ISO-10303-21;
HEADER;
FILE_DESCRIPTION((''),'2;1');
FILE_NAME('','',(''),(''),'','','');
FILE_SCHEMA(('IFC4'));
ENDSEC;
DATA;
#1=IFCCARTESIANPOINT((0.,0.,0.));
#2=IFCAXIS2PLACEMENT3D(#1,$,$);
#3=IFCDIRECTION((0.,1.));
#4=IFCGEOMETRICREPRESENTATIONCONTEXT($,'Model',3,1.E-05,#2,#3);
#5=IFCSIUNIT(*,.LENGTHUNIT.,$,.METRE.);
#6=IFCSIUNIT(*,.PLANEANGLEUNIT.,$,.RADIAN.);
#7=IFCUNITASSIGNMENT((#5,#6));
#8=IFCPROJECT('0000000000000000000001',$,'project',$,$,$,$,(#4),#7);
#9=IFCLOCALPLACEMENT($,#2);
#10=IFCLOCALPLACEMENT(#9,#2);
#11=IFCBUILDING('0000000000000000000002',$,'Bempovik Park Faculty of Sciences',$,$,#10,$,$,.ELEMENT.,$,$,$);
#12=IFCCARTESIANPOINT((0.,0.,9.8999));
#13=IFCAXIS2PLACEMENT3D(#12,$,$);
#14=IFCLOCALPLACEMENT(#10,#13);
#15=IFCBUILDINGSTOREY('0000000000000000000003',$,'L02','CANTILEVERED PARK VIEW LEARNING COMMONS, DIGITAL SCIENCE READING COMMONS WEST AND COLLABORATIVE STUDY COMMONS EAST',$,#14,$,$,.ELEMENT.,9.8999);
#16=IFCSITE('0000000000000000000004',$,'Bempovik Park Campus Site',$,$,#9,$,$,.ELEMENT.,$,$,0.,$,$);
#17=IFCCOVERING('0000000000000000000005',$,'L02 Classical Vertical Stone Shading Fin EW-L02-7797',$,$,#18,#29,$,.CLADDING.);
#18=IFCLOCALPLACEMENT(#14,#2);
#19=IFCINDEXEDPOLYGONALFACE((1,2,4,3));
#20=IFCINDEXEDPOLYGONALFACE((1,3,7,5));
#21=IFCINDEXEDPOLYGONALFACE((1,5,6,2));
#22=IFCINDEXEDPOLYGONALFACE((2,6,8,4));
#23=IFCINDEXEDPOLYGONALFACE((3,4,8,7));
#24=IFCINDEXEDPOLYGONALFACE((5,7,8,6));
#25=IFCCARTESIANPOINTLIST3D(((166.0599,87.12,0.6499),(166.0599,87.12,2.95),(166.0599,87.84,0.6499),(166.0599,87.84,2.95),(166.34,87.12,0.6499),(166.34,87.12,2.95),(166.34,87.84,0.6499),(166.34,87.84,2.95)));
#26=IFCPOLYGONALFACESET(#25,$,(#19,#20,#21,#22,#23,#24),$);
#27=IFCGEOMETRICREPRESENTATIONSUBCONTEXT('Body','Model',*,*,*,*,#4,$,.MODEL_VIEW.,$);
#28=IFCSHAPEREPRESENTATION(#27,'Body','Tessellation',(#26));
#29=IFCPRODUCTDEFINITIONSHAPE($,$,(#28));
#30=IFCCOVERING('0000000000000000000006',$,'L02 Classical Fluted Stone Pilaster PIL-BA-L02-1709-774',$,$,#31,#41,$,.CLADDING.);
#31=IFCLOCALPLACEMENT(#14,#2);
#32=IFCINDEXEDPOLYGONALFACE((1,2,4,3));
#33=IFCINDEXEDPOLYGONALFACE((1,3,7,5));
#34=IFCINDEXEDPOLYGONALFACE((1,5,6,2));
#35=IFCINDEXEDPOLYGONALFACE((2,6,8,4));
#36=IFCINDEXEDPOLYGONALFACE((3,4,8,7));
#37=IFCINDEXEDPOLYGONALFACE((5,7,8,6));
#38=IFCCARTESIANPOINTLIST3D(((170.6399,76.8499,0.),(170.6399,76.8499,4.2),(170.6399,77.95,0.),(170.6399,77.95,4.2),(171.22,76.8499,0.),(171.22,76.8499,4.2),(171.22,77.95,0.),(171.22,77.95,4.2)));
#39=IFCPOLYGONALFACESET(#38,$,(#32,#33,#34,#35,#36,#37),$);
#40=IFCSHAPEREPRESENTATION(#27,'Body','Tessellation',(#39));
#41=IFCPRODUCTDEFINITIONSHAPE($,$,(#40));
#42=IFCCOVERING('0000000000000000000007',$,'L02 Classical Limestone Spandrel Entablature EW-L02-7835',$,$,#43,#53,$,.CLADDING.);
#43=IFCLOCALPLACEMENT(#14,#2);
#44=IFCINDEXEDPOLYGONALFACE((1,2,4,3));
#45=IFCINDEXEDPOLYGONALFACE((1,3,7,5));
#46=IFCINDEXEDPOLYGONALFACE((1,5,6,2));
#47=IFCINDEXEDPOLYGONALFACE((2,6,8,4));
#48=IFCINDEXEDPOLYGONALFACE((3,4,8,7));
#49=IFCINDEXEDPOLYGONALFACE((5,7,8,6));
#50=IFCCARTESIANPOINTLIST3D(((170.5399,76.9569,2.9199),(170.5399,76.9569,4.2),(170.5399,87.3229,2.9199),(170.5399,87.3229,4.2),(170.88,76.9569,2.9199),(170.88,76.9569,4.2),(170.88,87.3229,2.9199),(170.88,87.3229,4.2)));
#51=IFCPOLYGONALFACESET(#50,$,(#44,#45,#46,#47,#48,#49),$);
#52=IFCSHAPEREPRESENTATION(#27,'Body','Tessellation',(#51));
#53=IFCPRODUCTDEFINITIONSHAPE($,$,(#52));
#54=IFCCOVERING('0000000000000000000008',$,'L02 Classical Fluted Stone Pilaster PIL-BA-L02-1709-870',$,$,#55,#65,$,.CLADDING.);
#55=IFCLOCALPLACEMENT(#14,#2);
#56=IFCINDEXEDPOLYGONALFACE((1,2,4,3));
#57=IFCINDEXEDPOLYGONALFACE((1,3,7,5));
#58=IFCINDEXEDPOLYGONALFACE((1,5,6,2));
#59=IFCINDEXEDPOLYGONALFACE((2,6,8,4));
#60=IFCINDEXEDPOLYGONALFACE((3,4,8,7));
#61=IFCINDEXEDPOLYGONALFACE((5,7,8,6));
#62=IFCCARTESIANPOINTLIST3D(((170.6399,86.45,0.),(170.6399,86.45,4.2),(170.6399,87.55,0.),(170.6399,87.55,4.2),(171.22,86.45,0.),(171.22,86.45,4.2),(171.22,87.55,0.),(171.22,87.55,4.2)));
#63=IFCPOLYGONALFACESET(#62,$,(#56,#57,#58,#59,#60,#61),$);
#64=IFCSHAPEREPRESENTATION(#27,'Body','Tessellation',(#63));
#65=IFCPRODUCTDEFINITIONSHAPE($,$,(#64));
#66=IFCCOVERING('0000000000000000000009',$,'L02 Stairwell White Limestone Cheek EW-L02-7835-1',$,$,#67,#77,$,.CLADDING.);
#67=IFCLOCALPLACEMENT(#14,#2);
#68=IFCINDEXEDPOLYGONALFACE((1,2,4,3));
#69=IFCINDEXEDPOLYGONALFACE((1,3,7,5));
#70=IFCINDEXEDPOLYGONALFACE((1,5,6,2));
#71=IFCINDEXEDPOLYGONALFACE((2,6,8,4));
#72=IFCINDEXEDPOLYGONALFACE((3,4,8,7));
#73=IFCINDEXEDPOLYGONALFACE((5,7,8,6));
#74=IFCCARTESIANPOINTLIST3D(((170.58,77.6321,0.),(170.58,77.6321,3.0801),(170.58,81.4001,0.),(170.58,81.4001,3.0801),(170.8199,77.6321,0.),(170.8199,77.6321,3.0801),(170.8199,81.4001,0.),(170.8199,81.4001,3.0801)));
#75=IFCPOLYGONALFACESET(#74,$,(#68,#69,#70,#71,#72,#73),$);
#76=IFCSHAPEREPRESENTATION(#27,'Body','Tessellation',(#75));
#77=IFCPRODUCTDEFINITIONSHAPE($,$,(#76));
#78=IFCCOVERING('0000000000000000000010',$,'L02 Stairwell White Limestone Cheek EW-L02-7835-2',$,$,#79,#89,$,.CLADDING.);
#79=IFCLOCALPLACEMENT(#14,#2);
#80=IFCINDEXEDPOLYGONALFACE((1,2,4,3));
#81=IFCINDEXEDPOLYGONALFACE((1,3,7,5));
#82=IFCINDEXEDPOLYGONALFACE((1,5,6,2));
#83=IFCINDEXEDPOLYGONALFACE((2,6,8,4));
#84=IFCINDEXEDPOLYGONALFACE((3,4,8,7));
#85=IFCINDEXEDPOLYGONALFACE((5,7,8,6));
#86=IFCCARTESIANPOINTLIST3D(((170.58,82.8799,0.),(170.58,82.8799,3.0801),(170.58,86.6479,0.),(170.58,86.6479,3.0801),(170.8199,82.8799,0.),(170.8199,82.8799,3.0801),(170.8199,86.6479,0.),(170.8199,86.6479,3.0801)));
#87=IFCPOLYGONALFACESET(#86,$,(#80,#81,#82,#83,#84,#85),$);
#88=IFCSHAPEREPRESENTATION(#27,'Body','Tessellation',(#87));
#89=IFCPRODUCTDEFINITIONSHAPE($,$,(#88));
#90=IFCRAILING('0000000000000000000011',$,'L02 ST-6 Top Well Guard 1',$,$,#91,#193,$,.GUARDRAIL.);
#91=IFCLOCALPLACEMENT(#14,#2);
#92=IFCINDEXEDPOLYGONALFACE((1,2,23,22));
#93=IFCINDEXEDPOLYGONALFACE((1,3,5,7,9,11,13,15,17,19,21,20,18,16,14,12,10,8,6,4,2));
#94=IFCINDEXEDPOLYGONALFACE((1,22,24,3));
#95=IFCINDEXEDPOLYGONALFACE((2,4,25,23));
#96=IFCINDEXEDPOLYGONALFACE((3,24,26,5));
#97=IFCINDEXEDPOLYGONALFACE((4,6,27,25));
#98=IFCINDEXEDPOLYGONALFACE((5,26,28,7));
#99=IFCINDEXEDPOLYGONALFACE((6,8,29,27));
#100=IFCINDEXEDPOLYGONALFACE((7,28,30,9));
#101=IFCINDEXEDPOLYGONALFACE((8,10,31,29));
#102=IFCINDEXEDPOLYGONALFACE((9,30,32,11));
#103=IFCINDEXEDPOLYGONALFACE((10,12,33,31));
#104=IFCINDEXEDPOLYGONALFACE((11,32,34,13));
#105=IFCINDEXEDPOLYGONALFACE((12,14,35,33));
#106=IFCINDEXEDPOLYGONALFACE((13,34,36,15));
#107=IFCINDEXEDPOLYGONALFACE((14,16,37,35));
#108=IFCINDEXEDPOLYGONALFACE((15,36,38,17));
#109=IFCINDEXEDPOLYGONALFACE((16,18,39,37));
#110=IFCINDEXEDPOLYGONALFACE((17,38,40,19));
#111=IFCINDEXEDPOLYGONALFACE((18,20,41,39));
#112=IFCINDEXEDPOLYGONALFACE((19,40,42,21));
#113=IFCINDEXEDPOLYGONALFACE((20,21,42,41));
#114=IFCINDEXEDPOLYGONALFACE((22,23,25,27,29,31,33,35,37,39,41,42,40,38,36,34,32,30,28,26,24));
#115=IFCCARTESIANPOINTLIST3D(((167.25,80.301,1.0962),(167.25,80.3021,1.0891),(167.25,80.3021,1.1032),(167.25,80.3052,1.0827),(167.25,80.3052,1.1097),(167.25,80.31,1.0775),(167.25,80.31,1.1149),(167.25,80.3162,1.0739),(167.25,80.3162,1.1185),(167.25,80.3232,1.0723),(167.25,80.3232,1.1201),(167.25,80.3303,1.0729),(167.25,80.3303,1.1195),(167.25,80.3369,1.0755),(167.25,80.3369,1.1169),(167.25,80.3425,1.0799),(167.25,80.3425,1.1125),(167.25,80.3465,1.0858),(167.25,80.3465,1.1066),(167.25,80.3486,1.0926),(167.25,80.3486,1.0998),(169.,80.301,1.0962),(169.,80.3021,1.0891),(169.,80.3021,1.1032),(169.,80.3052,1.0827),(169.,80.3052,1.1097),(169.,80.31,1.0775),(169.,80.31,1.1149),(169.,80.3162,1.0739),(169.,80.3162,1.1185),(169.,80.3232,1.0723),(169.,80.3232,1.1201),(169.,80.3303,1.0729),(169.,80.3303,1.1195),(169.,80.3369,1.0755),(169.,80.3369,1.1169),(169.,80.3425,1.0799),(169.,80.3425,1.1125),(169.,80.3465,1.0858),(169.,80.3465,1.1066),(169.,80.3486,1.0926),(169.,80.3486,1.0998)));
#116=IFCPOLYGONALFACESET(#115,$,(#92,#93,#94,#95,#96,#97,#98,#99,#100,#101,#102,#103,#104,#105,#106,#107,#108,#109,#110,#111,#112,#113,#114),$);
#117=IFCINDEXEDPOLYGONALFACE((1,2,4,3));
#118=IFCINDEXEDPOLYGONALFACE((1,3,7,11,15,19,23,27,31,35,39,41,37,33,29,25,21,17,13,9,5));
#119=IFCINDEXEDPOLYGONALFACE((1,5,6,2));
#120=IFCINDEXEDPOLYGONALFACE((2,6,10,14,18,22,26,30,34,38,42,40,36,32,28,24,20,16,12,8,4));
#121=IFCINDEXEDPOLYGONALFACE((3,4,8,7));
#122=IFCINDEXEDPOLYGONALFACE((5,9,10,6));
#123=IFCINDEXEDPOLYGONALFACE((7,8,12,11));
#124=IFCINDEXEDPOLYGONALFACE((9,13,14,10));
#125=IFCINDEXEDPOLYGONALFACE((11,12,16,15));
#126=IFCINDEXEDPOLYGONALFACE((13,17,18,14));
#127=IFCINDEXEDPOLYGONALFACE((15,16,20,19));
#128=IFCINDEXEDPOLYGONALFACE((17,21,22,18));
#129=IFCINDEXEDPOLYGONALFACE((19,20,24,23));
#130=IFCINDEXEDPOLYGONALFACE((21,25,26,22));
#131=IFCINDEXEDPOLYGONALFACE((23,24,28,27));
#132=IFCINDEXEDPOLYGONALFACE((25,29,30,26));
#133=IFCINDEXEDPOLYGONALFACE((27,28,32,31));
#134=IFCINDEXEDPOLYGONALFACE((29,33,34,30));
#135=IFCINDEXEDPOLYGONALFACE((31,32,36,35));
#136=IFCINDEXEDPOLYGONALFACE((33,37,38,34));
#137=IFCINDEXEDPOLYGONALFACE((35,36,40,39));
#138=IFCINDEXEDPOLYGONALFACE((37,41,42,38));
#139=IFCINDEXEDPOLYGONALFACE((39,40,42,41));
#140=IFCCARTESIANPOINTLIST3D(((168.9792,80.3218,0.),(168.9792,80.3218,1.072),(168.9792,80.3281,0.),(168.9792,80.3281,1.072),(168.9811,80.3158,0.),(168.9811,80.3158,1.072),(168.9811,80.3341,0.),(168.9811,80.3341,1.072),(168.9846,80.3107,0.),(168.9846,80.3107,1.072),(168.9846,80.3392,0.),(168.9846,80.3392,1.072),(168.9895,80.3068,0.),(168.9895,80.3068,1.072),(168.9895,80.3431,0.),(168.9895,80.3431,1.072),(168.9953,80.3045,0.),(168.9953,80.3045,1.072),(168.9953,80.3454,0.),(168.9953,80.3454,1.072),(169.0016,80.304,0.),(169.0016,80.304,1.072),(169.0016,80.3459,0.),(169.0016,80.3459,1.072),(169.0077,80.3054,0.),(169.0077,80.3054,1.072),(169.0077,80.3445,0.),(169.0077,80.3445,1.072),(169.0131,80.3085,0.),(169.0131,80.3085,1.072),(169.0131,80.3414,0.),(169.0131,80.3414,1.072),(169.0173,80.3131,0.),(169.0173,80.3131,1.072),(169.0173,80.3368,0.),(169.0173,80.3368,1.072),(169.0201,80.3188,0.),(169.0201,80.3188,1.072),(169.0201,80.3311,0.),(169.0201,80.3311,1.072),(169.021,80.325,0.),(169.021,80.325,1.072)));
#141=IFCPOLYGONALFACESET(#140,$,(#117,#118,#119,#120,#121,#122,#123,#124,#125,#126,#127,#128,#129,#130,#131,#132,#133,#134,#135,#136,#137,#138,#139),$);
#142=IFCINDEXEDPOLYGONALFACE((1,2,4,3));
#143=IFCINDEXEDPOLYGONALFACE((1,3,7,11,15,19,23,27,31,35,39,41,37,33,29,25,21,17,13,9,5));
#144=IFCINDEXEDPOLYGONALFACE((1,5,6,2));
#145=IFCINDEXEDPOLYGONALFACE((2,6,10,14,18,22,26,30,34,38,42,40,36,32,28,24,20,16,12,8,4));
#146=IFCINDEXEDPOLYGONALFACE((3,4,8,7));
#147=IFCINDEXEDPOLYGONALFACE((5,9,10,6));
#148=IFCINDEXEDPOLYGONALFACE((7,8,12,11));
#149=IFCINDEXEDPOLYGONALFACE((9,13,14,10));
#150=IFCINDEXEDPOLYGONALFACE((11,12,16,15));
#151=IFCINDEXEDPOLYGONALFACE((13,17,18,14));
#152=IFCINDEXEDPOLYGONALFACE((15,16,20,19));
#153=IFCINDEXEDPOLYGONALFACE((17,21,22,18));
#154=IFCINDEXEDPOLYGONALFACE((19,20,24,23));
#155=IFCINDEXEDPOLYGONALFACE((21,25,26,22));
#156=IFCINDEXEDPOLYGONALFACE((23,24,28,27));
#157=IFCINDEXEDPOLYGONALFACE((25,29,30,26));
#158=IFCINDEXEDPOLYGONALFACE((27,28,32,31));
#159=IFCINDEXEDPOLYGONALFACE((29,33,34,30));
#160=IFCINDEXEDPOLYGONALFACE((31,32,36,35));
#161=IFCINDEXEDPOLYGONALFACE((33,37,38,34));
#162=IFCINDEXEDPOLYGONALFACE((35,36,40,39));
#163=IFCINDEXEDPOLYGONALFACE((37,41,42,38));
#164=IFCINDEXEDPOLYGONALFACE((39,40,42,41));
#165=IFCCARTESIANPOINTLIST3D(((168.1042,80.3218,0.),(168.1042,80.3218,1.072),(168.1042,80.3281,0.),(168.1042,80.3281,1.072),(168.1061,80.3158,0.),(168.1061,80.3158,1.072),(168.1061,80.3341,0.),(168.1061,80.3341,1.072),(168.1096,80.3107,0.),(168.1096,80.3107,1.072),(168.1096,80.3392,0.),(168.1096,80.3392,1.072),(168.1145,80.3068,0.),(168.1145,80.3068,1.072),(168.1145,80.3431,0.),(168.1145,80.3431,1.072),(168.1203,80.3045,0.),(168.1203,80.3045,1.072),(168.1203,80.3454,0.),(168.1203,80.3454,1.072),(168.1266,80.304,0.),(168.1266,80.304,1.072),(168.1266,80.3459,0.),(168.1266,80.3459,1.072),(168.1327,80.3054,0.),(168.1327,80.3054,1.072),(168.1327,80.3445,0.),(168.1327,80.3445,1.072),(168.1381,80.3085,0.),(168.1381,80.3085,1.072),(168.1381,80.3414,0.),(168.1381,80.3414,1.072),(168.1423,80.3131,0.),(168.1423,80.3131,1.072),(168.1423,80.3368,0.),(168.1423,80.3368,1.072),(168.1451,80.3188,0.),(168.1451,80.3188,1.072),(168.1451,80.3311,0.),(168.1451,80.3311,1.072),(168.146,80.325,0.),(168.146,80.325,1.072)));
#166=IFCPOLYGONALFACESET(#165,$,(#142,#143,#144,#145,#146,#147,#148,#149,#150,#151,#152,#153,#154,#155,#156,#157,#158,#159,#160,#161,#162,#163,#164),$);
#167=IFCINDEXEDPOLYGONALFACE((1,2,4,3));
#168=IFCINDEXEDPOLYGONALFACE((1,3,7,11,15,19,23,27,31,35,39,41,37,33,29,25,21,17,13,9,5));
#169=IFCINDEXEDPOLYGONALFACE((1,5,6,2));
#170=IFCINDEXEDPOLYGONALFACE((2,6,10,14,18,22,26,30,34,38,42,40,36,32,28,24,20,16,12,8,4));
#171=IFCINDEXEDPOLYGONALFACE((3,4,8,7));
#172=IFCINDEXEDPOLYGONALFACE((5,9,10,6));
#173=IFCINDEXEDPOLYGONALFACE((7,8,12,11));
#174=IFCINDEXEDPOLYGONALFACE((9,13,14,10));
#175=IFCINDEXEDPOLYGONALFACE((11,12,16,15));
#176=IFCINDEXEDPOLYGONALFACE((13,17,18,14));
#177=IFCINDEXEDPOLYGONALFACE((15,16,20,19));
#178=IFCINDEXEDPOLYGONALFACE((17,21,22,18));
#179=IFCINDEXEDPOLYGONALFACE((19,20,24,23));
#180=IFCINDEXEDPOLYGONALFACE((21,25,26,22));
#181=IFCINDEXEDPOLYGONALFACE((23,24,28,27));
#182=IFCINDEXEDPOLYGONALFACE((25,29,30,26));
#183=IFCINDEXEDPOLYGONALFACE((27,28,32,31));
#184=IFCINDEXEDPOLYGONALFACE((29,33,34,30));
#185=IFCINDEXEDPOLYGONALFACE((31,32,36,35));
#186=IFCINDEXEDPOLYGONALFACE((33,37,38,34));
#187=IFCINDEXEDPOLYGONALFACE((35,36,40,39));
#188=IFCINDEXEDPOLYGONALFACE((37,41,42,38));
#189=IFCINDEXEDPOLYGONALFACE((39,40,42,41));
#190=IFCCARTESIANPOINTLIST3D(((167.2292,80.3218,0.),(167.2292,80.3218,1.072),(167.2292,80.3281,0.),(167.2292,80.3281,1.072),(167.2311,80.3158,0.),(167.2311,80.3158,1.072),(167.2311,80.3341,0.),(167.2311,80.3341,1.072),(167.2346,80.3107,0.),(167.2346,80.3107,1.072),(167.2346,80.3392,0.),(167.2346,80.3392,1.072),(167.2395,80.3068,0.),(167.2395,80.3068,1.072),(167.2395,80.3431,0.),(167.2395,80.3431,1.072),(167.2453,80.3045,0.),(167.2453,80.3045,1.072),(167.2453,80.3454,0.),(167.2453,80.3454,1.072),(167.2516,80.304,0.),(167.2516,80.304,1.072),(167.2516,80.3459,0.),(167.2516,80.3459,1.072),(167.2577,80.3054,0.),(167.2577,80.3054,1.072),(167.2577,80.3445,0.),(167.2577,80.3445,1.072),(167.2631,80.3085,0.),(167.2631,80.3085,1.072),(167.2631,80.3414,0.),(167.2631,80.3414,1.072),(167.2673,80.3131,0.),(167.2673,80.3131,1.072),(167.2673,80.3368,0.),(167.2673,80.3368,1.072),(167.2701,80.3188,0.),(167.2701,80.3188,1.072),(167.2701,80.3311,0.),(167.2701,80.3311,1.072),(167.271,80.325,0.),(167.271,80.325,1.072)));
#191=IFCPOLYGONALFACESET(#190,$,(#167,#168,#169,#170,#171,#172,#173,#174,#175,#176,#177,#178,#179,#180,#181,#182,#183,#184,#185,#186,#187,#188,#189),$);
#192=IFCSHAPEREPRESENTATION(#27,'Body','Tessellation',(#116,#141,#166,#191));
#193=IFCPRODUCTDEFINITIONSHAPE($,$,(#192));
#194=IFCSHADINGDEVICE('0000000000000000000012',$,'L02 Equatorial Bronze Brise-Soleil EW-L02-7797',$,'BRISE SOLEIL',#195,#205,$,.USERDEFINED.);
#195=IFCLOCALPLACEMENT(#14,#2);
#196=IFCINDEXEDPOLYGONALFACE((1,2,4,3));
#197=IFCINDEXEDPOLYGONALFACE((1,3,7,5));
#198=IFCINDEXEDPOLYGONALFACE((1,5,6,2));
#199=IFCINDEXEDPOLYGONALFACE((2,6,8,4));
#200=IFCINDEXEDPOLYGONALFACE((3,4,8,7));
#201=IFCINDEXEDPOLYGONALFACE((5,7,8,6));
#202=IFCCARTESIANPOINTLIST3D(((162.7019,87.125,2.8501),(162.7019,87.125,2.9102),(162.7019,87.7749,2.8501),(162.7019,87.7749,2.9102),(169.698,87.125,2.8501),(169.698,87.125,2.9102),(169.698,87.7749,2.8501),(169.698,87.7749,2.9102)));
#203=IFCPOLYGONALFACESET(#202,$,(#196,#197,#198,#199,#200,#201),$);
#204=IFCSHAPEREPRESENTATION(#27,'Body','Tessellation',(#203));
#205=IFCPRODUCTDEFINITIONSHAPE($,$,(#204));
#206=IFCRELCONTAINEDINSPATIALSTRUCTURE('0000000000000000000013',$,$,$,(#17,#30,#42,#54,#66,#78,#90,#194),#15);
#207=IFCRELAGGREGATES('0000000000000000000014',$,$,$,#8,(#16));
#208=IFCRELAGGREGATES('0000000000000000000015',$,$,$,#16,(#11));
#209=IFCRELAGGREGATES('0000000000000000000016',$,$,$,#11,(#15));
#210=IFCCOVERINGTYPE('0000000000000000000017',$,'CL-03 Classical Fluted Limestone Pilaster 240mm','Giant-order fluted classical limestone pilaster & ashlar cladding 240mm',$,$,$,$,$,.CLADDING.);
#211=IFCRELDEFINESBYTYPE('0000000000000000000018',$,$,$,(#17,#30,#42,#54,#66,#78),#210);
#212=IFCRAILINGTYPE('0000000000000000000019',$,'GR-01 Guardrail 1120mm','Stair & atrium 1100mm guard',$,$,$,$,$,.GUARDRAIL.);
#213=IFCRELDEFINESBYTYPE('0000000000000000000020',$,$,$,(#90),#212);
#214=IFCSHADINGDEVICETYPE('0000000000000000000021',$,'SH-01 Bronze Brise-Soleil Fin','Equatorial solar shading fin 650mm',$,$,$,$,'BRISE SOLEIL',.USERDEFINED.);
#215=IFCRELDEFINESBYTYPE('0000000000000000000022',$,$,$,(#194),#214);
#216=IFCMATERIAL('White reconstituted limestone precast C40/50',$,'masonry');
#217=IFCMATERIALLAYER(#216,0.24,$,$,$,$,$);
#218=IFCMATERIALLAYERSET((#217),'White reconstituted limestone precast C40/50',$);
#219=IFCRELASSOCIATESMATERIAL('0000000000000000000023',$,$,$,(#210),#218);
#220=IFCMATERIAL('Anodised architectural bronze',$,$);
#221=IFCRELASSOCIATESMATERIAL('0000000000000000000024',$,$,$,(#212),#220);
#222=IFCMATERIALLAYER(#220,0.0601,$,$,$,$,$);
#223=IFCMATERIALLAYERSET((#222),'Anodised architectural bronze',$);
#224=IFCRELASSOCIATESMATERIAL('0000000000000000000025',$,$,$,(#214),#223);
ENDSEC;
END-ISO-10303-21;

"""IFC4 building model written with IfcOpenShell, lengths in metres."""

from ifc_helpers import new_model, si_unit, direction, frame, origin, origin_2d, place, context, subcontext, project, spatial, rectangle, circle, extrude, material, layer, layer_set, type_object, element, save


model = new_model("IFC4")

# Units and contexts
model_context = context("Model", 3, precision=1e-05, world=origin(), true_north=direction((0.0, 1.0)))
body_context = subcontext(model_context, "Body", "Model", "MODEL_VIEW")
ifc_project = project(units=[si_unit("LENGTHUNIT", "METRE"), si_unit("PLANEANGLEUNIT", "RADIAN")], contexts=[model_context])

# Site, building, storey
site_placement = place(None, origin())
site = spatial("IfcSite", under=ifc_project, at=site_placement, Name="Bempovik Park Campus Site", CompositionType="ELEMENT", RefElevation=0.0)
building_placement = place(site_placement, origin())
building = spatial("IfcBuilding", under=site, at=building_placement, Name="Bempovik Park Faculty of Sciences", CompositionType="ELEMENT")
storey_placement = place(building_placement, frame((0.0, 0.0, 9.8999)))
storey = spatial("IfcBuildingStorey", under=building, at=storey_placement, Name="L02", Description="CANTILEVERED PARK VIEW LEARNING COMMONS, DIGITAL SCIENCE READING COMMONS WEST AND COLLABORATIVE STUDY COMMONS EAST", CompositionType="ELEMENT", Elevation=9.8999)

# Coverings
ifc_material_1 = material(Name="White reconstituted limestone precast C40/50", Category="masonry")
ifc_layer_1 = layer(ifc_material_1, 0.24)
ifc_layer_set_1 = layer_set([ifc_layer_1], Name="White reconstituted limestone precast C40/50")
covering_type_1 = type_object("IfcCoveringType", Name="CL-03 Classical Fluted Limestone Pilaster 240mm", Description="Giant-order fluted classical limestone pilaster & ashlar cladding 240mm", PredefinedType="CLADDING", material=ifc_layer_set_1)
covering_1_placement = place(storey_placement, frame((166.2, 87.48, 0.6499), z_axis=(0.0, 0.0, 1.0), x_axis=(1.0, 0.0, 0.0)))
element("IfcCovering", 1, at=covering_1_placement, inside=storey, type_object=covering_type_1, Name="L02 Classical Vertical Stone Shading Fin EW-L02-7797", PredefinedType="CLADDING", context=body_context, shape_type="SweptSolid", body=[
    extrude(rectangle(XDim=0.28, YDim=0.72, at=origin_2d()), origin(), (0.0, 0.0, 1.0), 2.3),
])
covering_2_placement = place(storey_placement, frame((170.9299, 77.3999, 0.0), z_axis=(0.0, 0.0, 1.0), x_axis=(1.0, 0.0, 0.0)))
element("IfcCovering", 2, at=covering_2_placement, inside=storey, type_object=covering_type_1, Name="L02 Classical Fluted Stone Pilaster PIL-BA-L02-1709-774", PredefinedType="CLADDING", context=body_context, shape_type="SweptSolid", body=[
    extrude(rectangle(XDim=0.5801, YDim=1.1001, at=origin_2d()), origin(), (0.0, 0.0, 1.0), 4.2),
])
covering_3_placement = place(storey_placement, frame((170.71, 82.1399, 2.9199), z_axis=(0.0, 0.0, 1.0), x_axis=(1.0, 0.0, 0.0)))
element("IfcCovering", 3, at=covering_3_placement, inside=storey, type_object=covering_type_1, Name="L02 Classical Limestone Spandrel Entablature EW-L02-7835", PredefinedType="CLADDING", context=body_context, shape_type="SweptSolid", body=[
    extrude(rectangle(XDim=0.3401, YDim=10.366, at=origin_2d()), origin(), (0.0, 0.0, 1.0), 1.28),
])
covering_4_placement = place(storey_placement, frame((170.9299, 87.0, 0.0), z_axis=(0.0, 0.0, 1.0), x_axis=(1.0, 0.0, 0.0)))
element("IfcCovering", 4, at=covering_4_placement, inside=storey, type_object=covering_type_1, Name="L02 Classical Fluted Stone Pilaster PIL-BA-L02-1709-870", PredefinedType="CLADDING", context=body_context, shape_type="SweptSolid", body=[
    extrude(rectangle(XDim=0.5801, YDim=1.1001, at=origin_2d()), origin(), (0.0, 0.0, 1.0), 4.2),
])
for number, where, z_axis, x_axis, name in (
    (5, (170.7, 79.5161, 0.0), (0.0, 0.0, 1.0), (1.0, 0.0, 0.0), "L02 Stairwell White Limestone Cheek EW-L02-7835-1"),
    (6, (170.7, 84.7639, 0.0), (0.0, 0.0, 1.0), (1.0, 0.0, 0.0), "L02 Stairwell White Limestone Cheek EW-L02-7835-2"),
):
    element("IfcCovering", number, at=place(storey_placement, frame(where, z_axis=z_axis, x_axis=x_axis)), inside=storey, type_object=covering_type_1, Name=name, PredefinedType="CLADDING", context=body_context, shape_type="SweptSolid", body=[
        extrude(rectangle(XDim=0.24, YDim=3.7681, at=origin_2d()), origin(), (0.0, 0.0, 1.0), 3.0801),
    ])

# Railing
ifc_material_2 = material(Name="Anodised architectural bronze")
railing_type = type_object("IfcRailingType", Name="GR-01 Guardrail 1120mm", Description="Stair & atrium 1100mm guard", PredefinedType="GUARDRAIL", material=ifc_material_2)
railing_placement = place(storey_placement, frame((169.0, 80.325, 0.0)))
element("IfcRailing", 7, at=railing_placement, inside=storey, type_object=railing_type, Name="L02 ST-6 Top Well Guard 1", PredefinedType="GUARDRAIL", context=body_context, shape_type="SweptSolid", body=[
    extrude(circle(Radius=0.0239, at=origin_2d()), frame((0.0, 0.0, 1.0962), z_axis=(-1.0, 0.0, 0.0), x_axis=(0.0, -1.0, 0.0)), (0.0, 0.0, 1.0), 1.75),
    extrude(circle(Radius=0.021, at=origin_2d()), origin(), (0.0, 0.0, 1.0), 1.072),
    extrude(circle(Radius=0.021, at=origin_2d()), frame((-0.875, 0.0, 0.0)), (0.0, 0.0, 1.0), 1.072),
    extrude(circle(Radius=0.021, at=origin_2d()), frame((-1.75, 0.0, 0.0)), (0.0, 0.0, 1.0), 1.072),
])

# Shading device
ifc_layer_2 = layer(ifc_material_2, 0.0601)
ifc_layer_set_2 = layer_set([ifc_layer_2], Name="Anodised architectural bronze")
shading_device_type = type_object("IfcShadingDeviceType", Name="SH-01 Bronze Brise-Soleil Fin", Description="Equatorial solar shading fin 650mm", ElementType="BRISE SOLEIL", PredefinedType="USERDEFINED", material=ifc_layer_set_2)
shading_device_placement = place(storey_placement, frame((166.2, 87.45, 2.8501), z_axis=(0.0, 0.0, 1.0), x_axis=(1.0, 0.0, 0.0)))
element("IfcShadingDevice", 8, at=shading_device_placement, inside=storey, type_object=shading_device_type, Name="L02 Equatorial Bronze Brise-Soleil EW-L02-7797", ObjectType="BRISE SOLEIL", PredefinedType="USERDEFINED", context=body_context, shape_type="SweptSolid", body=[
    extrude(rectangle(XDim=6.9961, YDim=0.6499, at=origin_2d()), origin(), (0.0, 0.0, 1.0), 0.0601),
])

save(model, "model.ifc")
